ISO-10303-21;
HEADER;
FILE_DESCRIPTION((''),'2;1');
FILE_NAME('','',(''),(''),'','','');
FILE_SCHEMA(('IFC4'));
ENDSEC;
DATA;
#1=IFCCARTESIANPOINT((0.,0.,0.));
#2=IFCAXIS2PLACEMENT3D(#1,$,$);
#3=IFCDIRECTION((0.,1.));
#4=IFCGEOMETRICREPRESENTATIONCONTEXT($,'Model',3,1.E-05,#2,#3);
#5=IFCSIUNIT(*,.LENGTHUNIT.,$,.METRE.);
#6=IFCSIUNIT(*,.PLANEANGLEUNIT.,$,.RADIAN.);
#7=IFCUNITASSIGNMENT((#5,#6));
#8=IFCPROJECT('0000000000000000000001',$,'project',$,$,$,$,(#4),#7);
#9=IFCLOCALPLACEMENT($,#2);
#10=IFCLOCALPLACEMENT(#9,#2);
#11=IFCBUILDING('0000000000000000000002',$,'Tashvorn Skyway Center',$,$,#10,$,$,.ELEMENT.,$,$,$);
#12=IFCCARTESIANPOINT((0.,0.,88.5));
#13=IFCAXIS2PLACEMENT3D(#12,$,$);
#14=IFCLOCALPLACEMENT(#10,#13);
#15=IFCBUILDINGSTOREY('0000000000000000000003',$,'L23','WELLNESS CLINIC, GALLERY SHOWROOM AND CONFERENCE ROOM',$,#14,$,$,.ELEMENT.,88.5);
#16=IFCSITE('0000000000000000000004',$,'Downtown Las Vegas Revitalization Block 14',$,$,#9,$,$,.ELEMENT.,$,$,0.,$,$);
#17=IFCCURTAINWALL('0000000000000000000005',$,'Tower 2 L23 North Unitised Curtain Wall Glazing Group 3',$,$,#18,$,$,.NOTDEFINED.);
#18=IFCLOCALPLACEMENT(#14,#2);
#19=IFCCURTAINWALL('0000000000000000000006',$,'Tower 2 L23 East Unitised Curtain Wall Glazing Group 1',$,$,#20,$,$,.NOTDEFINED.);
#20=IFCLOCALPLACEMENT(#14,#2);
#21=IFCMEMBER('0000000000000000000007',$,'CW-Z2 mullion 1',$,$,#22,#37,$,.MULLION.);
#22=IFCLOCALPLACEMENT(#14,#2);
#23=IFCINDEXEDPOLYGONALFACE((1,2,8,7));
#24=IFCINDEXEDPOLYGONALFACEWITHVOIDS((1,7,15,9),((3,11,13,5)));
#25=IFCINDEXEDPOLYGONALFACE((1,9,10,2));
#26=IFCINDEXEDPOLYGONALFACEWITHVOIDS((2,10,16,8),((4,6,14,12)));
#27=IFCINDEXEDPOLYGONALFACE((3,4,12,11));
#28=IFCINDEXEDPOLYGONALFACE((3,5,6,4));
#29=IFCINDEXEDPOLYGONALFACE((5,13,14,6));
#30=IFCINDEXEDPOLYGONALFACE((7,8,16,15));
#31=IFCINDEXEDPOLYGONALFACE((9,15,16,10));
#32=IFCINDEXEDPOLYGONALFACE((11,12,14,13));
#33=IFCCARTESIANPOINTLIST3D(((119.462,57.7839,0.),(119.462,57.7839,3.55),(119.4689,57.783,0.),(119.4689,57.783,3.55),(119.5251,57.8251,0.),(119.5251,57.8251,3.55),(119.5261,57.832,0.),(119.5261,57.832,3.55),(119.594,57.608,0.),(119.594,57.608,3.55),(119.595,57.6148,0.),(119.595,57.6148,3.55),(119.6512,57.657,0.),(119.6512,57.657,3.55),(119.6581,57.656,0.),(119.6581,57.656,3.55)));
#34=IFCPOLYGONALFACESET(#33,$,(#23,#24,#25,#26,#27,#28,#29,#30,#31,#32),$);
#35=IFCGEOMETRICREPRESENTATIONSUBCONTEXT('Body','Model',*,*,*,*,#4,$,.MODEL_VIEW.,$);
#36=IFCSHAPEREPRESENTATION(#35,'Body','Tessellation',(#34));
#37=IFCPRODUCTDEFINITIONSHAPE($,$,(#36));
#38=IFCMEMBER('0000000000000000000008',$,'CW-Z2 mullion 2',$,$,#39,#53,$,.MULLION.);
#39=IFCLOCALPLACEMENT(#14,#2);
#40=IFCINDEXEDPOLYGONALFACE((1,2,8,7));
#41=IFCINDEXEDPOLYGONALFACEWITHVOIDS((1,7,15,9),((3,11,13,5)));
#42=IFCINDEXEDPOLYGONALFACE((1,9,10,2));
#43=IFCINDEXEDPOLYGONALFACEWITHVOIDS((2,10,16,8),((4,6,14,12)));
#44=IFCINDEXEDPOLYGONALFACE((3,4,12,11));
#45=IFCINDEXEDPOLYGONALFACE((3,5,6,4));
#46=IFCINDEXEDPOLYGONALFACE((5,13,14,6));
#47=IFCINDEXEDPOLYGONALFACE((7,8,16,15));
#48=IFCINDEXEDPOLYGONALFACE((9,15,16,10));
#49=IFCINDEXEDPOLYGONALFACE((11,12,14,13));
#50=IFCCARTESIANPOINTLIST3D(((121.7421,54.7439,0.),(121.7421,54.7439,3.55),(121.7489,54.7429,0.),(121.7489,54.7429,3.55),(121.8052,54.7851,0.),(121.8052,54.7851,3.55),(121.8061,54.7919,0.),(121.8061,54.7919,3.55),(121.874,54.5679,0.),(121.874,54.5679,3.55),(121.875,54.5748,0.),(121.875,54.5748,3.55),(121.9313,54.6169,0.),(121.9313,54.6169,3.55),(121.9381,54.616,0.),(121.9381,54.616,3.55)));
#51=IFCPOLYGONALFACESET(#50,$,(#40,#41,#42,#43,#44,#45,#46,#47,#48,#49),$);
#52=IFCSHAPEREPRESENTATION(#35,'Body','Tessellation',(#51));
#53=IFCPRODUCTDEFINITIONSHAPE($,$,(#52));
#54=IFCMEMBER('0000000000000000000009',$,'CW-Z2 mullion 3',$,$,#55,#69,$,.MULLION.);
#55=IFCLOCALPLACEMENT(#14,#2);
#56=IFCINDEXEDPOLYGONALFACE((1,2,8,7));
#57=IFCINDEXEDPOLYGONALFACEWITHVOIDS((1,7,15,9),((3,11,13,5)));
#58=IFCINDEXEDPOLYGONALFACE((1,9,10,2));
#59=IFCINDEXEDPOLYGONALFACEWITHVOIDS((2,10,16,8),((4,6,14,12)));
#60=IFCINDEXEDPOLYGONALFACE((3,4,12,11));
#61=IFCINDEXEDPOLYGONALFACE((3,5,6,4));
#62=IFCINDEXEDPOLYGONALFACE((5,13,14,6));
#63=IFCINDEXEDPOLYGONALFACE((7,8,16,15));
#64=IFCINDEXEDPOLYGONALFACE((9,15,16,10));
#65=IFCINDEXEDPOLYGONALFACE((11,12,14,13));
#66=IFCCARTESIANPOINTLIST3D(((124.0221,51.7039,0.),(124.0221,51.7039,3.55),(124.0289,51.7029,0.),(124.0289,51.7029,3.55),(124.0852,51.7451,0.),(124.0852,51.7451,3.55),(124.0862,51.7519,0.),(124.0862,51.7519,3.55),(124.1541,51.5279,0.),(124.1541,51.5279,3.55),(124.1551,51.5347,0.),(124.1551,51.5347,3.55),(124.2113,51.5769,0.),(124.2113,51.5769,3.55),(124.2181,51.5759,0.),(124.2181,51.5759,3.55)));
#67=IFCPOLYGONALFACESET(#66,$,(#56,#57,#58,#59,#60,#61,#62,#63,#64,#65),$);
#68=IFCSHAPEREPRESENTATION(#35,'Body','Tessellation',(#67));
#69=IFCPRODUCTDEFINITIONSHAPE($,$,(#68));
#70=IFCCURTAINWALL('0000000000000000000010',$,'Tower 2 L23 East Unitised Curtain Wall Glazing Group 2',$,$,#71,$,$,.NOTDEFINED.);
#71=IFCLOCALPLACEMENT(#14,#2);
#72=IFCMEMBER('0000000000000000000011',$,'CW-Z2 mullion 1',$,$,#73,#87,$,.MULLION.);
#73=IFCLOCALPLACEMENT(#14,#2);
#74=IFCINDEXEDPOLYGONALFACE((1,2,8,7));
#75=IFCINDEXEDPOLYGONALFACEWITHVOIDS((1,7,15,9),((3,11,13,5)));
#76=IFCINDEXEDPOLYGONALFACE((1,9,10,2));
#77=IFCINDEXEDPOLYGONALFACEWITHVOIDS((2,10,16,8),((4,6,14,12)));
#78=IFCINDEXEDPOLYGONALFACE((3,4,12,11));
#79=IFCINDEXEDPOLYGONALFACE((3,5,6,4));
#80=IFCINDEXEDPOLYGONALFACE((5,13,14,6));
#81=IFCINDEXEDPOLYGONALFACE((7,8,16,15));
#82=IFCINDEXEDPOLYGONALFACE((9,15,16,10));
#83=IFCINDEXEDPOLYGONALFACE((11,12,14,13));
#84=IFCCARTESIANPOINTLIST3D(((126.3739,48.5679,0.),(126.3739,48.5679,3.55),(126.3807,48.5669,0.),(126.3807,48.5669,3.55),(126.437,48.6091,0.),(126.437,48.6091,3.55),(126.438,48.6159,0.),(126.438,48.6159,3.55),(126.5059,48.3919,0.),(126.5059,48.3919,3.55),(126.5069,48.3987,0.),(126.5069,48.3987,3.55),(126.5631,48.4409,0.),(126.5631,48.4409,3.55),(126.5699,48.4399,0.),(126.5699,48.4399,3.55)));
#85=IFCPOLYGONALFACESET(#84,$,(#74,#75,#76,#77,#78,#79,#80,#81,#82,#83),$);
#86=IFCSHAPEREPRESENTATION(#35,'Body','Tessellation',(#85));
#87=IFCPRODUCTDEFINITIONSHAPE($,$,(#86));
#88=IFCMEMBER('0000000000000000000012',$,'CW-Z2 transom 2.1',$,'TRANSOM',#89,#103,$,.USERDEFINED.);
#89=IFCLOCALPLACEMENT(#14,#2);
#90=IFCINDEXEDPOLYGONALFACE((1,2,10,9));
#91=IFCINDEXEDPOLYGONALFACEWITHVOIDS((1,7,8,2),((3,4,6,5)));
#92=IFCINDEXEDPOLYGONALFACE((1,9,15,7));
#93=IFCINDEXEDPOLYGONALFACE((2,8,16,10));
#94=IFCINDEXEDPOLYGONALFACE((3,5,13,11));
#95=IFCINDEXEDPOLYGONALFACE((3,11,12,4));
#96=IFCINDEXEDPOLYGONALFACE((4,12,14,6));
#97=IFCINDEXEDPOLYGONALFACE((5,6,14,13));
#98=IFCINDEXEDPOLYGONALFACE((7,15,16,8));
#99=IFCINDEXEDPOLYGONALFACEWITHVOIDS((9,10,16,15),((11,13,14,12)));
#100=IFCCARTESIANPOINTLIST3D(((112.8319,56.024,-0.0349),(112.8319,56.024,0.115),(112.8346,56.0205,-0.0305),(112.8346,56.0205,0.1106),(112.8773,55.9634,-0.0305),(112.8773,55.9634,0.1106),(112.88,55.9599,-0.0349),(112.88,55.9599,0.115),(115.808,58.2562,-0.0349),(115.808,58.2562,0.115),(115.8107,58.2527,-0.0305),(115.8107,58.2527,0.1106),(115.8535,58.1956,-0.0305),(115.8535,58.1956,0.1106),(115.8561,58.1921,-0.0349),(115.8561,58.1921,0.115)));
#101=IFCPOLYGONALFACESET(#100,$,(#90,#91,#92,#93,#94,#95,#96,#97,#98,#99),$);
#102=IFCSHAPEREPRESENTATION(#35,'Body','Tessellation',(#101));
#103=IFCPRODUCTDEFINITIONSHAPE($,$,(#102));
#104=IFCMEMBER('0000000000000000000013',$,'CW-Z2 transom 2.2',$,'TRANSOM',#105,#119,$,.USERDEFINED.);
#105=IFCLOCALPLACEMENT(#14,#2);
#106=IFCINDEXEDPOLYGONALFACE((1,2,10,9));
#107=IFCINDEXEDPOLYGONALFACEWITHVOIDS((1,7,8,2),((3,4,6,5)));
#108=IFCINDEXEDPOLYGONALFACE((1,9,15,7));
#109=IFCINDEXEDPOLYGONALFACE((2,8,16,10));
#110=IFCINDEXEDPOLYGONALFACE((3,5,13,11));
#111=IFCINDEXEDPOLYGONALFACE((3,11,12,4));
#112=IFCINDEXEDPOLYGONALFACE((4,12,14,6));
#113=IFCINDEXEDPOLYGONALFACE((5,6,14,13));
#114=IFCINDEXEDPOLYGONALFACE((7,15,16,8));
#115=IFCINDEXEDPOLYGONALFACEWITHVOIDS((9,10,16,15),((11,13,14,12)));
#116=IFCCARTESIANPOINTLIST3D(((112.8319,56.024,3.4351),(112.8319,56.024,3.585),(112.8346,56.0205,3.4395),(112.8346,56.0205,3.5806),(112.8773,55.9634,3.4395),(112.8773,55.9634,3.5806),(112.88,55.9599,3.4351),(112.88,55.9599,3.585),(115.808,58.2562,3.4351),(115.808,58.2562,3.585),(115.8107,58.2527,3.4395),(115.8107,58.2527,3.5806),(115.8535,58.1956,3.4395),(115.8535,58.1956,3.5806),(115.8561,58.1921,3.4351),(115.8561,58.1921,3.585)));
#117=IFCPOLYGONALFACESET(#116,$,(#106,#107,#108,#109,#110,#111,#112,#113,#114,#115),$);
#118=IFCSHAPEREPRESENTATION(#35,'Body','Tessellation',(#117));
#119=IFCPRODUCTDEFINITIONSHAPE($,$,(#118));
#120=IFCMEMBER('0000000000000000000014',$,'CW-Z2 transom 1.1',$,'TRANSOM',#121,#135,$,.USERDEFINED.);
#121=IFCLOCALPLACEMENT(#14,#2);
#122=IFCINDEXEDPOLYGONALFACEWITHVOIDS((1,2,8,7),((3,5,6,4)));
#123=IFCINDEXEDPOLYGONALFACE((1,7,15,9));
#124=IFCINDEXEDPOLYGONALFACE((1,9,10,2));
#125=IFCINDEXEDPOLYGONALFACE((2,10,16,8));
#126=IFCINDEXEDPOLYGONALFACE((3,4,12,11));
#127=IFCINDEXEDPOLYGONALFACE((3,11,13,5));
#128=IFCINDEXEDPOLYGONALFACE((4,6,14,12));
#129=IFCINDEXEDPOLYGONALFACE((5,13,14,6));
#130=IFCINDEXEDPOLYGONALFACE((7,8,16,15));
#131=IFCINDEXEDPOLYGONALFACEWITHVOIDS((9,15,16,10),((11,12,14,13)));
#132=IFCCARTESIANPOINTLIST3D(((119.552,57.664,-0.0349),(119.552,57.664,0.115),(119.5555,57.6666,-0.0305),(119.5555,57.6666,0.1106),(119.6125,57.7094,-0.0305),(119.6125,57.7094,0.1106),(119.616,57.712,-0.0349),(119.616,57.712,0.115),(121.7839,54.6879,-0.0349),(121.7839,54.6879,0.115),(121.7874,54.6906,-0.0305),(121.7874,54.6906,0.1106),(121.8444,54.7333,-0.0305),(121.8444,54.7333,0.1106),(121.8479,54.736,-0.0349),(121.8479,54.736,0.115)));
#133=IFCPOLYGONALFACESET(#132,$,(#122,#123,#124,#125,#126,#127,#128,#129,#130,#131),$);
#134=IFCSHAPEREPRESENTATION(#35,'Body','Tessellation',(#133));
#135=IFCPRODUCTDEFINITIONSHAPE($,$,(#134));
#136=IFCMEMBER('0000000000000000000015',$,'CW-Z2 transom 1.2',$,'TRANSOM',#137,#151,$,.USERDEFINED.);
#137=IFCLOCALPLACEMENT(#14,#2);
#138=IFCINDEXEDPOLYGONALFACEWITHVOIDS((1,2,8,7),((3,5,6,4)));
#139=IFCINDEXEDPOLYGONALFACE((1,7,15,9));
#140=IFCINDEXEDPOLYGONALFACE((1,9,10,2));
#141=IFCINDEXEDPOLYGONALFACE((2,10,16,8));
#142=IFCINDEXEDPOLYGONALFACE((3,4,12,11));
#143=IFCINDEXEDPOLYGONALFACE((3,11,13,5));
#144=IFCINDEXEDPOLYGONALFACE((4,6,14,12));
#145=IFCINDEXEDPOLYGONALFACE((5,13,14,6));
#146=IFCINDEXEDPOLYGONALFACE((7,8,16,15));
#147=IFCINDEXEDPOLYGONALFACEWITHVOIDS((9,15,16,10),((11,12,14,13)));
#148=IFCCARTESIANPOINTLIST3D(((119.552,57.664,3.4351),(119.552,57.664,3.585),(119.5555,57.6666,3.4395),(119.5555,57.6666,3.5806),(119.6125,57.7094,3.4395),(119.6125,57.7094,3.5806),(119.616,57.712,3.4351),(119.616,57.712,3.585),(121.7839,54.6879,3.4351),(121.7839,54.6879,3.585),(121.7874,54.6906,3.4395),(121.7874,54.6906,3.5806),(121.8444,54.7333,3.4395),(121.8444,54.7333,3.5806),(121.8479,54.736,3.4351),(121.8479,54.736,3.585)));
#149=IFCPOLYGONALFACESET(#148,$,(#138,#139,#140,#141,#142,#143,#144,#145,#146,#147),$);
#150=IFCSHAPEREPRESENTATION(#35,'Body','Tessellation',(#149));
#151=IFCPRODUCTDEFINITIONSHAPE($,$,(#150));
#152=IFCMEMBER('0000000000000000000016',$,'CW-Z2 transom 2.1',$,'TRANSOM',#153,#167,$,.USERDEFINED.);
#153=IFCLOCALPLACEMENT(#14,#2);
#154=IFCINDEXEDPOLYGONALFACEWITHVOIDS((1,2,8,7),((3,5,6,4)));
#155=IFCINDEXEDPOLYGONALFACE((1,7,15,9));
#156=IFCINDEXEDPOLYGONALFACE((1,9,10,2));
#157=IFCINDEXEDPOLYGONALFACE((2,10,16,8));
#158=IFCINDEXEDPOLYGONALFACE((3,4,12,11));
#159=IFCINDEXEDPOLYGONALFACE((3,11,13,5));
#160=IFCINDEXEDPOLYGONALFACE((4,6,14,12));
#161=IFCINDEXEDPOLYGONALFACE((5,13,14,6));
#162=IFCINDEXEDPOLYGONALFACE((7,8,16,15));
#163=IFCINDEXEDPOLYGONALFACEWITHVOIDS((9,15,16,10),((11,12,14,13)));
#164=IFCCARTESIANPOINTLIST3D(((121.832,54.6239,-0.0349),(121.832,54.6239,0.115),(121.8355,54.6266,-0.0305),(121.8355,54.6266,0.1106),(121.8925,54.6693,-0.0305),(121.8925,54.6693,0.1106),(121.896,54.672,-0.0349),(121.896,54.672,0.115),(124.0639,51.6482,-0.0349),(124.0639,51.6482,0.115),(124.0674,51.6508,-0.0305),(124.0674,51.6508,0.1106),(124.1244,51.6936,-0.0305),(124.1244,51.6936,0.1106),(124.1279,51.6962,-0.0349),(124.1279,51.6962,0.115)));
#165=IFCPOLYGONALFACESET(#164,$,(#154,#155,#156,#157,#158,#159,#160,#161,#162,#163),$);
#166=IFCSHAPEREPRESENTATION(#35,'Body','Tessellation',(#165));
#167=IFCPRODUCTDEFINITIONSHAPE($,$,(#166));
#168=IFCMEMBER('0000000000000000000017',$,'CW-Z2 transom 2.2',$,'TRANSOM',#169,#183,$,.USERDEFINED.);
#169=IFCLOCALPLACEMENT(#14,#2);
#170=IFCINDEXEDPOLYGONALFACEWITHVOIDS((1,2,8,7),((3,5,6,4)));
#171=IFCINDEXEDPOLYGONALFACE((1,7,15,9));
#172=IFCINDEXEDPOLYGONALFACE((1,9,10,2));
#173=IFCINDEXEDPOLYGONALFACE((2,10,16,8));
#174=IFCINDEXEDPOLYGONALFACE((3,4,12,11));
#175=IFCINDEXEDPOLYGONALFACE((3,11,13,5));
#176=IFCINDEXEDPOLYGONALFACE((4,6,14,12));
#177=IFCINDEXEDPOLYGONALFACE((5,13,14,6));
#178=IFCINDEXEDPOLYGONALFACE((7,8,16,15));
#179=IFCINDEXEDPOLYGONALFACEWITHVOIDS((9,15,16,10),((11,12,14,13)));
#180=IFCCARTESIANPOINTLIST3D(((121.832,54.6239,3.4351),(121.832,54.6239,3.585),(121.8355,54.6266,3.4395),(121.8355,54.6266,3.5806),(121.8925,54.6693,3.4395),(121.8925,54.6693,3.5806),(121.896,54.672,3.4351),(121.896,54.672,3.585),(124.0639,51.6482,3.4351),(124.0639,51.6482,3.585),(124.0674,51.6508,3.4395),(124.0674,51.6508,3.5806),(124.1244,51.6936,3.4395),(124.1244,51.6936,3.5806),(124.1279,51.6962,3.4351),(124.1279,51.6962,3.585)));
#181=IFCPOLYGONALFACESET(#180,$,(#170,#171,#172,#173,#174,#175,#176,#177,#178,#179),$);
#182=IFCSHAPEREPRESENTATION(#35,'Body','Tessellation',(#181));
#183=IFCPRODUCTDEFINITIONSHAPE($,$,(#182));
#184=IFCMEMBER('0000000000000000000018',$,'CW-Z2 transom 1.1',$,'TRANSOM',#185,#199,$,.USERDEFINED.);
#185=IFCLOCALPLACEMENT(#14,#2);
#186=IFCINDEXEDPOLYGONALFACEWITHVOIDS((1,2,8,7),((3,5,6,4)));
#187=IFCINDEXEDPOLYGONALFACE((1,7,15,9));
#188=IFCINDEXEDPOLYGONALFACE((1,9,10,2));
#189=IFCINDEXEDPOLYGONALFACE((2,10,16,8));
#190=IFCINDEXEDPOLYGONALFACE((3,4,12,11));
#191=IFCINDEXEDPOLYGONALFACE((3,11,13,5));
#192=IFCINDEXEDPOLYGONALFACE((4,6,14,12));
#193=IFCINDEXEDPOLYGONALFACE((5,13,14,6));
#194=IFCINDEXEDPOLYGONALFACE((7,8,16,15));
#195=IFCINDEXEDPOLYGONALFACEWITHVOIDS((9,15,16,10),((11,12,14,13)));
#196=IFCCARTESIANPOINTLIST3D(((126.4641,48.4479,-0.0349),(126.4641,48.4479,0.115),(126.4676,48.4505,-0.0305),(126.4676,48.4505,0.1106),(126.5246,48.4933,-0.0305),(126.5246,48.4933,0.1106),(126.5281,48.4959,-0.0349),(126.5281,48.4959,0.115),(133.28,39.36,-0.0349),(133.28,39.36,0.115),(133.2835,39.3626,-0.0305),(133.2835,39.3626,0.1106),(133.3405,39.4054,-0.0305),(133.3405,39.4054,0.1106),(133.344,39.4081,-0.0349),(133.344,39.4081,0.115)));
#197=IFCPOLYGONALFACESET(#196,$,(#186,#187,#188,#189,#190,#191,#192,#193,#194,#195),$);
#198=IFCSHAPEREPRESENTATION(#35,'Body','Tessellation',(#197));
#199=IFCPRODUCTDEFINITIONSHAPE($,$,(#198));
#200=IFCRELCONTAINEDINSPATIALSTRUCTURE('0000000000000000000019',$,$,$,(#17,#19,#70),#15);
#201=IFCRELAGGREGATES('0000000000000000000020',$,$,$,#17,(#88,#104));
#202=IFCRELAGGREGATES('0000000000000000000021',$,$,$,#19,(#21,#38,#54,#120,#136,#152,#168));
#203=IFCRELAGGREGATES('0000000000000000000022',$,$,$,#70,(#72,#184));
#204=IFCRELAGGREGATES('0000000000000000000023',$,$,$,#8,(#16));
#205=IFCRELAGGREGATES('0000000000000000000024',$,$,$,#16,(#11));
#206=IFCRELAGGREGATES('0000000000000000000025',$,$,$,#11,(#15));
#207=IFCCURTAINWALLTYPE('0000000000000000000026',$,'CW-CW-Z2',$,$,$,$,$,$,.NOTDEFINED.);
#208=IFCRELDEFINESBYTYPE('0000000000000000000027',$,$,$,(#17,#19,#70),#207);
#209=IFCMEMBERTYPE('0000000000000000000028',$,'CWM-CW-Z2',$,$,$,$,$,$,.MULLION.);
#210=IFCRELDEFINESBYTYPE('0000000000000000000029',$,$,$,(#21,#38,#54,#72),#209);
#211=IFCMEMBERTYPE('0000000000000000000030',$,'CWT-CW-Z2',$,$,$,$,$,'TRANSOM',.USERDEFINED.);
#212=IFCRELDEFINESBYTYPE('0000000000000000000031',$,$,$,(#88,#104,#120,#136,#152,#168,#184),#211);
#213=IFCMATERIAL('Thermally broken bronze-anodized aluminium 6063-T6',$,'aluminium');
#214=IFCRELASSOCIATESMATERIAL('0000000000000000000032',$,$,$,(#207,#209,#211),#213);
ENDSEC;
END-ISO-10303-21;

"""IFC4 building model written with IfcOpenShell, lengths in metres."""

from ifc_helpers import new_model, si_unit, direction, frame, origin, origin_2d, place, context, subcontext, project, spatial, hollow_rectangle, extrude, material, material_profile, profile_set, type_object, element, aggregate, save


model = new_model("IFC4")

# Units and contexts
model_context = context("Model", 3, precision=1e-05, world=origin(), true_north=direction((0.0, 1.0)))
body_context = subcontext(model_context, "Body", "Model", "MODEL_VIEW")
ifc_project = project(units=[si_unit("LENGTHUNIT", "METRE"), si_unit("PLANEANGLEUNIT", "RADIAN")], contexts=[model_context])

# Site, building, storey
site_placement = place(None, origin())
site = spatial("IfcSite", under=ifc_project, at=site_placement, Name="Downtown Las Vegas Revitalization Block 14", CompositionType="ELEMENT", RefElevation=0.0)
building_placement = place(site_placement, origin())
building = spatial("IfcBuilding", under=site, at=building_placement, Name="Tashvorn Skyway Center", CompositionType="ELEMENT")
storey_placement = place(building_placement, frame((0.0, 0.0, 88.5)))
storey = spatial("IfcBuildingStorey", under=building, at=storey_placement, Name="L23", Description="WELLNESS CLINIC, GALLERY SHOWROOM AND CONFERENCE ROOM", CompositionType="ELEMENT", Elevation=88.5)

# Curtain walls, members
ifc_material_1 = material(Name="Thermally broken bronze-anodized aluminium 6063-T6", Category="aluminium")
curtain_wall_type = type_object("IfcCurtainWallType", Name="CW-CW-Z2", PredefinedType="NOTDEFINED", material=ifc_material_1)
curtain_wall_1_placement = place(storey_placement, origin())
curtain_wall_1 = element("IfcCurtainWall", 1, at=curtain_wall_1_placement, inside=storey, type_object=curtain_wall_type, Name="Tower 2 L23 North Unitised Curtain Wall Glazing Group 3", PredefinedType="NOTDEFINED")
ifc_material_profile_1 = material_profile(ifc_material_1, hollow_rectangle(XDim=0.0801, YDim=0.22, WallThickness=0.0049, at=origin_2d()), Name="ALU-MULL-80x220")
ifc_profile_set_1 = profile_set([ifc_material_profile_1], Name="Thermally broken bronze-anodized aluminium 6063-T6")
member_type_1 = type_object("IfcMemberType", Name="CWM-CW-Z2", PredefinedType="MULLION", material=ifc_profile_set_1)
curtain_wall_2_placement = place(storey_placement, origin())
curtain_wall_2 = element("IfcCurtainWall", 2, at=curtain_wall_2_placement, inside=storey, type_object=curtain_wall_type, Name="Tower 2 L23 East Unitised Curtain Wall Glazing Group 1", PredefinedType="NOTDEFINED")
member_1_placement = place(storey_placement, frame((119.5601, 57.72, 0.0), z_axis=(0.0, 0.0, 1.0), x_axis=(0.8, 0.6, 0.0)))
member_1 = element("IfcMember", 3, at=member_1_placement, type_object=member_type_1, Name="CW-Z2 mullion 1", PredefinedType="MULLION", context=body_context, shape_type="SweptSolid", body=[
    extrude(hollow_rectangle(XDim=0.0801, YDim=0.22, WallThickness=0.0049, at=origin_2d()), origin(), (0.0, 0.0, 1.0), 3.55),
])
member_2_placement = place(storey_placement, frame((121.8401, 54.6799, 0.0), z_axis=(0.0, 0.0, 1.0), x_axis=(0.8, 0.6, 0.0)))
member_2 = element("IfcMember", 4, at=member_2_placement, type_object=member_type_1, Name="CW-Z2 mullion 2", PredefinedType="MULLION", context=body_context, shape_type="SweptSolid", body=[
    extrude(hollow_rectangle(XDim=0.0801, YDim=0.22, WallThickness=0.0049, at=origin_2d()), origin(), (0.0, 0.0, 1.0), 3.55),
])
member_3_placement = place(storey_placement, frame((124.1201, 51.6399, 0.0), z_axis=(0.0, 0.0, 1.0), x_axis=(0.8, 0.6, 0.0)))
member_3 = element("IfcMember", 5, at=member_3_placement, type_object=member_type_1, Name="CW-Z2 mullion 3", PredefinedType="MULLION", context=body_context, shape_type="SweptSolid", body=[
    extrude(hollow_rectangle(XDim=0.0801, YDim=0.22, WallThickness=0.0049, at=origin_2d()), origin(), (0.0, 0.0, 1.0), 3.55),
])

# Curtain wall, member
curtain_wall_3_placement = place(storey_placement, origin())
curtain_wall_3 = element("IfcCurtainWall", 6, at=curtain_wall_3_placement, inside=storey, type_object=curtain_wall_type, Name="Tower 2 L23 East Unitised Curtain Wall Glazing Group 2", PredefinedType="NOTDEFINED")
member_4_placement = place(storey_placement, frame((126.4719, 48.5039, 0.0), z_axis=(0.0, 0.0, 1.0), x_axis=(0.8, 0.6, 0.0)))
member_4 = element("IfcMember", 7, at=member_4_placement, type_object=member_type_1, Name="CW-Z2 mullion 1", PredefinedType="MULLION", context=body_context, shape_type="SweptSolid", body=[
    extrude(hollow_rectangle(XDim=0.0801, YDim=0.22, WallThickness=0.0049, at=origin_2d()), origin(), (0.0, 0.0, 1.0), 3.55),
])

# Members
ifc_material_profile_2 = material_profile(ifc_material_1, hollow_rectangle(XDim=0.0801, YDim=0.1499, WallThickness=0.0044, at=origin_2d()), Name="ALU-TRAN-80x150")
ifc_profile_set_2 = profile_set([ifc_material_profile_2], Name="Thermally broken bronze-anodized aluminium 6063-T6")
member_type_2 = type_object("IfcMemberType", Name="CWT-CW-Z2", ElementType="TRANSOM", PredefinedType="USERDEFINED", material=ifc_profile_set_2)
member_5_placement = place(storey_placement, frame((112.856, 55.9919, 0.04), z_axis=(0.799984, 0.600021, 0.0), x_axis=(-0.600021, 0.799984, 0.0)))
member_5 = element("IfcMember", 8, at=member_5_placement, type_object=member_type_2, Name="CW-Z2 transom 2.1", ObjectType="TRANSOM", PredefinedType="USERDEFINED", context=body_context, shape_type="SweptSolid", body=[
    extrude(hollow_rectangle(XDim=0.0801, YDim=0.1499, WallThickness=0.0044, at=origin_2d()), origin(), (0.0, 0.0, 1.0), 3.7202),
])
member_6_placement = place(storey_placement, frame((112.856, 55.9919, 3.51), z_axis=(0.799984, 0.600021, 0.0), x_axis=(-0.600021, 0.799984, 0.0)))
member_6 = element("IfcMember", 9, at=member_6_placement, type_object=member_type_2, Name="CW-Z2 transom 2.2", ObjectType="TRANSOM", PredefinedType="USERDEFINED", context=body_context, shape_type="SweptSolid", body=[
    extrude(hollow_rectangle(XDim=0.0801, YDim=0.1499, WallThickness=0.0044, at=origin_2d()), origin(), (0.0, 0.0, 1.0), 3.7202),
])
member_7_placement = place(storey_placement, frame((119.584, 57.688, 0.04), z_axis=(0.599979, -0.800016, 0.0), x_axis=(0.800016, 0.599979, 0.0)))
member_7 = element("IfcMember", 10, at=member_7_placement, type_object=member_type_2, Name="CW-Z2 transom 1.1", ObjectType="TRANSOM", PredefinedType="USERDEFINED", context=body_context, shape_type="SweptSolid", body=[
    extrude(hollow_rectangle(XDim=0.0801, YDim=0.1499, WallThickness=0.0044, at=origin_2d()), origin(), (0.0, 0.0, 1.0), 3.72),
])
member_8_placement = place(storey_placement, frame((119.584, 57.688, 3.51), z_axis=(0.599979, -0.800016, 0.0), x_axis=(0.800016, 0.599979, 0.0)))
member_8 = element("IfcMember", 11, at=member_8_placement, type_object=member_type_2, Name="CW-Z2 transom 1.2", ObjectType="TRANSOM", PredefinedType="USERDEFINED", context=body_context, shape_type="SweptSolid", body=[
    extrude(hollow_rectangle(XDim=0.0801, YDim=0.1499, WallThickness=0.0044, at=origin_2d()), origin(), (0.0, 0.0, 1.0), 3.72),
])
member_9_placement = place(storey_placement, frame((121.864, 54.6479, 0.04), z_axis=(0.600011, -0.799992, 0.0), x_axis=(0.799992, 0.600011, 0.0)))
member_9 = element("IfcMember", 12, at=member_9_placement, type_object=member_type_2, Name="CW-Z2 transom 2.1", ObjectType="TRANSOM", PredefinedType="USERDEFINED", context=body_context, shape_type="SweptSolid", body=[
    extrude(hollow_rectangle(XDim=0.0801, YDim=0.1499, WallThickness=0.0044, at=origin_2d()), origin(), (0.0, 0.0, 1.0), 3.7197),
])
member_10_placement = place(storey_placement, frame((121.864, 54.6479, 3.51), z_axis=(0.600011, -0.799992, 0.0), x_axis=(0.799992, 0.600011, 0.0)))
member_10 = element("IfcMember", 13, at=member_10_placement, type_object=member_type_2, Name="CW-Z2 transom 2.2", ObjectType="TRANSOM", PredefinedType="USERDEFINED", context=body_context, shape_type="SweptSolid", body=[
    extrude(hollow_rectangle(XDim=0.0801, YDim=0.1499, WallThickness=0.0044, at=origin_2d()), origin(), (0.0, 0.0, 1.0), 3.7197),
])
member_11_placement = place(storey_placement, frame((126.4961, 48.4719, 0.04), z_axis=(0.6, -0.8, 0.0), x_axis=(0.8, 0.6, 0.0)))
member_11 = element("IfcMember", 14, at=member_11_placement, type_object=member_type_2, Name="CW-Z2 transom 1.1", ObjectType="TRANSOM", PredefinedType="USERDEFINED", context=body_context, shape_type="SweptSolid", body=[
    extrude(hollow_rectangle(XDim=0.0801, YDim=0.1499, WallThickness=0.0044, at=origin_2d()), origin(), (0.0, 0.0, 1.0), 11.3599),
])

aggregate(curtain_wall_1, [member_5, member_6])
aggregate(curtain_wall_2, [member_1, member_2, member_3, member_7, member_8, member_9, member_10])
aggregate(curtain_wall_3, [member_4, member_11])

save(model, "model.ifc")
